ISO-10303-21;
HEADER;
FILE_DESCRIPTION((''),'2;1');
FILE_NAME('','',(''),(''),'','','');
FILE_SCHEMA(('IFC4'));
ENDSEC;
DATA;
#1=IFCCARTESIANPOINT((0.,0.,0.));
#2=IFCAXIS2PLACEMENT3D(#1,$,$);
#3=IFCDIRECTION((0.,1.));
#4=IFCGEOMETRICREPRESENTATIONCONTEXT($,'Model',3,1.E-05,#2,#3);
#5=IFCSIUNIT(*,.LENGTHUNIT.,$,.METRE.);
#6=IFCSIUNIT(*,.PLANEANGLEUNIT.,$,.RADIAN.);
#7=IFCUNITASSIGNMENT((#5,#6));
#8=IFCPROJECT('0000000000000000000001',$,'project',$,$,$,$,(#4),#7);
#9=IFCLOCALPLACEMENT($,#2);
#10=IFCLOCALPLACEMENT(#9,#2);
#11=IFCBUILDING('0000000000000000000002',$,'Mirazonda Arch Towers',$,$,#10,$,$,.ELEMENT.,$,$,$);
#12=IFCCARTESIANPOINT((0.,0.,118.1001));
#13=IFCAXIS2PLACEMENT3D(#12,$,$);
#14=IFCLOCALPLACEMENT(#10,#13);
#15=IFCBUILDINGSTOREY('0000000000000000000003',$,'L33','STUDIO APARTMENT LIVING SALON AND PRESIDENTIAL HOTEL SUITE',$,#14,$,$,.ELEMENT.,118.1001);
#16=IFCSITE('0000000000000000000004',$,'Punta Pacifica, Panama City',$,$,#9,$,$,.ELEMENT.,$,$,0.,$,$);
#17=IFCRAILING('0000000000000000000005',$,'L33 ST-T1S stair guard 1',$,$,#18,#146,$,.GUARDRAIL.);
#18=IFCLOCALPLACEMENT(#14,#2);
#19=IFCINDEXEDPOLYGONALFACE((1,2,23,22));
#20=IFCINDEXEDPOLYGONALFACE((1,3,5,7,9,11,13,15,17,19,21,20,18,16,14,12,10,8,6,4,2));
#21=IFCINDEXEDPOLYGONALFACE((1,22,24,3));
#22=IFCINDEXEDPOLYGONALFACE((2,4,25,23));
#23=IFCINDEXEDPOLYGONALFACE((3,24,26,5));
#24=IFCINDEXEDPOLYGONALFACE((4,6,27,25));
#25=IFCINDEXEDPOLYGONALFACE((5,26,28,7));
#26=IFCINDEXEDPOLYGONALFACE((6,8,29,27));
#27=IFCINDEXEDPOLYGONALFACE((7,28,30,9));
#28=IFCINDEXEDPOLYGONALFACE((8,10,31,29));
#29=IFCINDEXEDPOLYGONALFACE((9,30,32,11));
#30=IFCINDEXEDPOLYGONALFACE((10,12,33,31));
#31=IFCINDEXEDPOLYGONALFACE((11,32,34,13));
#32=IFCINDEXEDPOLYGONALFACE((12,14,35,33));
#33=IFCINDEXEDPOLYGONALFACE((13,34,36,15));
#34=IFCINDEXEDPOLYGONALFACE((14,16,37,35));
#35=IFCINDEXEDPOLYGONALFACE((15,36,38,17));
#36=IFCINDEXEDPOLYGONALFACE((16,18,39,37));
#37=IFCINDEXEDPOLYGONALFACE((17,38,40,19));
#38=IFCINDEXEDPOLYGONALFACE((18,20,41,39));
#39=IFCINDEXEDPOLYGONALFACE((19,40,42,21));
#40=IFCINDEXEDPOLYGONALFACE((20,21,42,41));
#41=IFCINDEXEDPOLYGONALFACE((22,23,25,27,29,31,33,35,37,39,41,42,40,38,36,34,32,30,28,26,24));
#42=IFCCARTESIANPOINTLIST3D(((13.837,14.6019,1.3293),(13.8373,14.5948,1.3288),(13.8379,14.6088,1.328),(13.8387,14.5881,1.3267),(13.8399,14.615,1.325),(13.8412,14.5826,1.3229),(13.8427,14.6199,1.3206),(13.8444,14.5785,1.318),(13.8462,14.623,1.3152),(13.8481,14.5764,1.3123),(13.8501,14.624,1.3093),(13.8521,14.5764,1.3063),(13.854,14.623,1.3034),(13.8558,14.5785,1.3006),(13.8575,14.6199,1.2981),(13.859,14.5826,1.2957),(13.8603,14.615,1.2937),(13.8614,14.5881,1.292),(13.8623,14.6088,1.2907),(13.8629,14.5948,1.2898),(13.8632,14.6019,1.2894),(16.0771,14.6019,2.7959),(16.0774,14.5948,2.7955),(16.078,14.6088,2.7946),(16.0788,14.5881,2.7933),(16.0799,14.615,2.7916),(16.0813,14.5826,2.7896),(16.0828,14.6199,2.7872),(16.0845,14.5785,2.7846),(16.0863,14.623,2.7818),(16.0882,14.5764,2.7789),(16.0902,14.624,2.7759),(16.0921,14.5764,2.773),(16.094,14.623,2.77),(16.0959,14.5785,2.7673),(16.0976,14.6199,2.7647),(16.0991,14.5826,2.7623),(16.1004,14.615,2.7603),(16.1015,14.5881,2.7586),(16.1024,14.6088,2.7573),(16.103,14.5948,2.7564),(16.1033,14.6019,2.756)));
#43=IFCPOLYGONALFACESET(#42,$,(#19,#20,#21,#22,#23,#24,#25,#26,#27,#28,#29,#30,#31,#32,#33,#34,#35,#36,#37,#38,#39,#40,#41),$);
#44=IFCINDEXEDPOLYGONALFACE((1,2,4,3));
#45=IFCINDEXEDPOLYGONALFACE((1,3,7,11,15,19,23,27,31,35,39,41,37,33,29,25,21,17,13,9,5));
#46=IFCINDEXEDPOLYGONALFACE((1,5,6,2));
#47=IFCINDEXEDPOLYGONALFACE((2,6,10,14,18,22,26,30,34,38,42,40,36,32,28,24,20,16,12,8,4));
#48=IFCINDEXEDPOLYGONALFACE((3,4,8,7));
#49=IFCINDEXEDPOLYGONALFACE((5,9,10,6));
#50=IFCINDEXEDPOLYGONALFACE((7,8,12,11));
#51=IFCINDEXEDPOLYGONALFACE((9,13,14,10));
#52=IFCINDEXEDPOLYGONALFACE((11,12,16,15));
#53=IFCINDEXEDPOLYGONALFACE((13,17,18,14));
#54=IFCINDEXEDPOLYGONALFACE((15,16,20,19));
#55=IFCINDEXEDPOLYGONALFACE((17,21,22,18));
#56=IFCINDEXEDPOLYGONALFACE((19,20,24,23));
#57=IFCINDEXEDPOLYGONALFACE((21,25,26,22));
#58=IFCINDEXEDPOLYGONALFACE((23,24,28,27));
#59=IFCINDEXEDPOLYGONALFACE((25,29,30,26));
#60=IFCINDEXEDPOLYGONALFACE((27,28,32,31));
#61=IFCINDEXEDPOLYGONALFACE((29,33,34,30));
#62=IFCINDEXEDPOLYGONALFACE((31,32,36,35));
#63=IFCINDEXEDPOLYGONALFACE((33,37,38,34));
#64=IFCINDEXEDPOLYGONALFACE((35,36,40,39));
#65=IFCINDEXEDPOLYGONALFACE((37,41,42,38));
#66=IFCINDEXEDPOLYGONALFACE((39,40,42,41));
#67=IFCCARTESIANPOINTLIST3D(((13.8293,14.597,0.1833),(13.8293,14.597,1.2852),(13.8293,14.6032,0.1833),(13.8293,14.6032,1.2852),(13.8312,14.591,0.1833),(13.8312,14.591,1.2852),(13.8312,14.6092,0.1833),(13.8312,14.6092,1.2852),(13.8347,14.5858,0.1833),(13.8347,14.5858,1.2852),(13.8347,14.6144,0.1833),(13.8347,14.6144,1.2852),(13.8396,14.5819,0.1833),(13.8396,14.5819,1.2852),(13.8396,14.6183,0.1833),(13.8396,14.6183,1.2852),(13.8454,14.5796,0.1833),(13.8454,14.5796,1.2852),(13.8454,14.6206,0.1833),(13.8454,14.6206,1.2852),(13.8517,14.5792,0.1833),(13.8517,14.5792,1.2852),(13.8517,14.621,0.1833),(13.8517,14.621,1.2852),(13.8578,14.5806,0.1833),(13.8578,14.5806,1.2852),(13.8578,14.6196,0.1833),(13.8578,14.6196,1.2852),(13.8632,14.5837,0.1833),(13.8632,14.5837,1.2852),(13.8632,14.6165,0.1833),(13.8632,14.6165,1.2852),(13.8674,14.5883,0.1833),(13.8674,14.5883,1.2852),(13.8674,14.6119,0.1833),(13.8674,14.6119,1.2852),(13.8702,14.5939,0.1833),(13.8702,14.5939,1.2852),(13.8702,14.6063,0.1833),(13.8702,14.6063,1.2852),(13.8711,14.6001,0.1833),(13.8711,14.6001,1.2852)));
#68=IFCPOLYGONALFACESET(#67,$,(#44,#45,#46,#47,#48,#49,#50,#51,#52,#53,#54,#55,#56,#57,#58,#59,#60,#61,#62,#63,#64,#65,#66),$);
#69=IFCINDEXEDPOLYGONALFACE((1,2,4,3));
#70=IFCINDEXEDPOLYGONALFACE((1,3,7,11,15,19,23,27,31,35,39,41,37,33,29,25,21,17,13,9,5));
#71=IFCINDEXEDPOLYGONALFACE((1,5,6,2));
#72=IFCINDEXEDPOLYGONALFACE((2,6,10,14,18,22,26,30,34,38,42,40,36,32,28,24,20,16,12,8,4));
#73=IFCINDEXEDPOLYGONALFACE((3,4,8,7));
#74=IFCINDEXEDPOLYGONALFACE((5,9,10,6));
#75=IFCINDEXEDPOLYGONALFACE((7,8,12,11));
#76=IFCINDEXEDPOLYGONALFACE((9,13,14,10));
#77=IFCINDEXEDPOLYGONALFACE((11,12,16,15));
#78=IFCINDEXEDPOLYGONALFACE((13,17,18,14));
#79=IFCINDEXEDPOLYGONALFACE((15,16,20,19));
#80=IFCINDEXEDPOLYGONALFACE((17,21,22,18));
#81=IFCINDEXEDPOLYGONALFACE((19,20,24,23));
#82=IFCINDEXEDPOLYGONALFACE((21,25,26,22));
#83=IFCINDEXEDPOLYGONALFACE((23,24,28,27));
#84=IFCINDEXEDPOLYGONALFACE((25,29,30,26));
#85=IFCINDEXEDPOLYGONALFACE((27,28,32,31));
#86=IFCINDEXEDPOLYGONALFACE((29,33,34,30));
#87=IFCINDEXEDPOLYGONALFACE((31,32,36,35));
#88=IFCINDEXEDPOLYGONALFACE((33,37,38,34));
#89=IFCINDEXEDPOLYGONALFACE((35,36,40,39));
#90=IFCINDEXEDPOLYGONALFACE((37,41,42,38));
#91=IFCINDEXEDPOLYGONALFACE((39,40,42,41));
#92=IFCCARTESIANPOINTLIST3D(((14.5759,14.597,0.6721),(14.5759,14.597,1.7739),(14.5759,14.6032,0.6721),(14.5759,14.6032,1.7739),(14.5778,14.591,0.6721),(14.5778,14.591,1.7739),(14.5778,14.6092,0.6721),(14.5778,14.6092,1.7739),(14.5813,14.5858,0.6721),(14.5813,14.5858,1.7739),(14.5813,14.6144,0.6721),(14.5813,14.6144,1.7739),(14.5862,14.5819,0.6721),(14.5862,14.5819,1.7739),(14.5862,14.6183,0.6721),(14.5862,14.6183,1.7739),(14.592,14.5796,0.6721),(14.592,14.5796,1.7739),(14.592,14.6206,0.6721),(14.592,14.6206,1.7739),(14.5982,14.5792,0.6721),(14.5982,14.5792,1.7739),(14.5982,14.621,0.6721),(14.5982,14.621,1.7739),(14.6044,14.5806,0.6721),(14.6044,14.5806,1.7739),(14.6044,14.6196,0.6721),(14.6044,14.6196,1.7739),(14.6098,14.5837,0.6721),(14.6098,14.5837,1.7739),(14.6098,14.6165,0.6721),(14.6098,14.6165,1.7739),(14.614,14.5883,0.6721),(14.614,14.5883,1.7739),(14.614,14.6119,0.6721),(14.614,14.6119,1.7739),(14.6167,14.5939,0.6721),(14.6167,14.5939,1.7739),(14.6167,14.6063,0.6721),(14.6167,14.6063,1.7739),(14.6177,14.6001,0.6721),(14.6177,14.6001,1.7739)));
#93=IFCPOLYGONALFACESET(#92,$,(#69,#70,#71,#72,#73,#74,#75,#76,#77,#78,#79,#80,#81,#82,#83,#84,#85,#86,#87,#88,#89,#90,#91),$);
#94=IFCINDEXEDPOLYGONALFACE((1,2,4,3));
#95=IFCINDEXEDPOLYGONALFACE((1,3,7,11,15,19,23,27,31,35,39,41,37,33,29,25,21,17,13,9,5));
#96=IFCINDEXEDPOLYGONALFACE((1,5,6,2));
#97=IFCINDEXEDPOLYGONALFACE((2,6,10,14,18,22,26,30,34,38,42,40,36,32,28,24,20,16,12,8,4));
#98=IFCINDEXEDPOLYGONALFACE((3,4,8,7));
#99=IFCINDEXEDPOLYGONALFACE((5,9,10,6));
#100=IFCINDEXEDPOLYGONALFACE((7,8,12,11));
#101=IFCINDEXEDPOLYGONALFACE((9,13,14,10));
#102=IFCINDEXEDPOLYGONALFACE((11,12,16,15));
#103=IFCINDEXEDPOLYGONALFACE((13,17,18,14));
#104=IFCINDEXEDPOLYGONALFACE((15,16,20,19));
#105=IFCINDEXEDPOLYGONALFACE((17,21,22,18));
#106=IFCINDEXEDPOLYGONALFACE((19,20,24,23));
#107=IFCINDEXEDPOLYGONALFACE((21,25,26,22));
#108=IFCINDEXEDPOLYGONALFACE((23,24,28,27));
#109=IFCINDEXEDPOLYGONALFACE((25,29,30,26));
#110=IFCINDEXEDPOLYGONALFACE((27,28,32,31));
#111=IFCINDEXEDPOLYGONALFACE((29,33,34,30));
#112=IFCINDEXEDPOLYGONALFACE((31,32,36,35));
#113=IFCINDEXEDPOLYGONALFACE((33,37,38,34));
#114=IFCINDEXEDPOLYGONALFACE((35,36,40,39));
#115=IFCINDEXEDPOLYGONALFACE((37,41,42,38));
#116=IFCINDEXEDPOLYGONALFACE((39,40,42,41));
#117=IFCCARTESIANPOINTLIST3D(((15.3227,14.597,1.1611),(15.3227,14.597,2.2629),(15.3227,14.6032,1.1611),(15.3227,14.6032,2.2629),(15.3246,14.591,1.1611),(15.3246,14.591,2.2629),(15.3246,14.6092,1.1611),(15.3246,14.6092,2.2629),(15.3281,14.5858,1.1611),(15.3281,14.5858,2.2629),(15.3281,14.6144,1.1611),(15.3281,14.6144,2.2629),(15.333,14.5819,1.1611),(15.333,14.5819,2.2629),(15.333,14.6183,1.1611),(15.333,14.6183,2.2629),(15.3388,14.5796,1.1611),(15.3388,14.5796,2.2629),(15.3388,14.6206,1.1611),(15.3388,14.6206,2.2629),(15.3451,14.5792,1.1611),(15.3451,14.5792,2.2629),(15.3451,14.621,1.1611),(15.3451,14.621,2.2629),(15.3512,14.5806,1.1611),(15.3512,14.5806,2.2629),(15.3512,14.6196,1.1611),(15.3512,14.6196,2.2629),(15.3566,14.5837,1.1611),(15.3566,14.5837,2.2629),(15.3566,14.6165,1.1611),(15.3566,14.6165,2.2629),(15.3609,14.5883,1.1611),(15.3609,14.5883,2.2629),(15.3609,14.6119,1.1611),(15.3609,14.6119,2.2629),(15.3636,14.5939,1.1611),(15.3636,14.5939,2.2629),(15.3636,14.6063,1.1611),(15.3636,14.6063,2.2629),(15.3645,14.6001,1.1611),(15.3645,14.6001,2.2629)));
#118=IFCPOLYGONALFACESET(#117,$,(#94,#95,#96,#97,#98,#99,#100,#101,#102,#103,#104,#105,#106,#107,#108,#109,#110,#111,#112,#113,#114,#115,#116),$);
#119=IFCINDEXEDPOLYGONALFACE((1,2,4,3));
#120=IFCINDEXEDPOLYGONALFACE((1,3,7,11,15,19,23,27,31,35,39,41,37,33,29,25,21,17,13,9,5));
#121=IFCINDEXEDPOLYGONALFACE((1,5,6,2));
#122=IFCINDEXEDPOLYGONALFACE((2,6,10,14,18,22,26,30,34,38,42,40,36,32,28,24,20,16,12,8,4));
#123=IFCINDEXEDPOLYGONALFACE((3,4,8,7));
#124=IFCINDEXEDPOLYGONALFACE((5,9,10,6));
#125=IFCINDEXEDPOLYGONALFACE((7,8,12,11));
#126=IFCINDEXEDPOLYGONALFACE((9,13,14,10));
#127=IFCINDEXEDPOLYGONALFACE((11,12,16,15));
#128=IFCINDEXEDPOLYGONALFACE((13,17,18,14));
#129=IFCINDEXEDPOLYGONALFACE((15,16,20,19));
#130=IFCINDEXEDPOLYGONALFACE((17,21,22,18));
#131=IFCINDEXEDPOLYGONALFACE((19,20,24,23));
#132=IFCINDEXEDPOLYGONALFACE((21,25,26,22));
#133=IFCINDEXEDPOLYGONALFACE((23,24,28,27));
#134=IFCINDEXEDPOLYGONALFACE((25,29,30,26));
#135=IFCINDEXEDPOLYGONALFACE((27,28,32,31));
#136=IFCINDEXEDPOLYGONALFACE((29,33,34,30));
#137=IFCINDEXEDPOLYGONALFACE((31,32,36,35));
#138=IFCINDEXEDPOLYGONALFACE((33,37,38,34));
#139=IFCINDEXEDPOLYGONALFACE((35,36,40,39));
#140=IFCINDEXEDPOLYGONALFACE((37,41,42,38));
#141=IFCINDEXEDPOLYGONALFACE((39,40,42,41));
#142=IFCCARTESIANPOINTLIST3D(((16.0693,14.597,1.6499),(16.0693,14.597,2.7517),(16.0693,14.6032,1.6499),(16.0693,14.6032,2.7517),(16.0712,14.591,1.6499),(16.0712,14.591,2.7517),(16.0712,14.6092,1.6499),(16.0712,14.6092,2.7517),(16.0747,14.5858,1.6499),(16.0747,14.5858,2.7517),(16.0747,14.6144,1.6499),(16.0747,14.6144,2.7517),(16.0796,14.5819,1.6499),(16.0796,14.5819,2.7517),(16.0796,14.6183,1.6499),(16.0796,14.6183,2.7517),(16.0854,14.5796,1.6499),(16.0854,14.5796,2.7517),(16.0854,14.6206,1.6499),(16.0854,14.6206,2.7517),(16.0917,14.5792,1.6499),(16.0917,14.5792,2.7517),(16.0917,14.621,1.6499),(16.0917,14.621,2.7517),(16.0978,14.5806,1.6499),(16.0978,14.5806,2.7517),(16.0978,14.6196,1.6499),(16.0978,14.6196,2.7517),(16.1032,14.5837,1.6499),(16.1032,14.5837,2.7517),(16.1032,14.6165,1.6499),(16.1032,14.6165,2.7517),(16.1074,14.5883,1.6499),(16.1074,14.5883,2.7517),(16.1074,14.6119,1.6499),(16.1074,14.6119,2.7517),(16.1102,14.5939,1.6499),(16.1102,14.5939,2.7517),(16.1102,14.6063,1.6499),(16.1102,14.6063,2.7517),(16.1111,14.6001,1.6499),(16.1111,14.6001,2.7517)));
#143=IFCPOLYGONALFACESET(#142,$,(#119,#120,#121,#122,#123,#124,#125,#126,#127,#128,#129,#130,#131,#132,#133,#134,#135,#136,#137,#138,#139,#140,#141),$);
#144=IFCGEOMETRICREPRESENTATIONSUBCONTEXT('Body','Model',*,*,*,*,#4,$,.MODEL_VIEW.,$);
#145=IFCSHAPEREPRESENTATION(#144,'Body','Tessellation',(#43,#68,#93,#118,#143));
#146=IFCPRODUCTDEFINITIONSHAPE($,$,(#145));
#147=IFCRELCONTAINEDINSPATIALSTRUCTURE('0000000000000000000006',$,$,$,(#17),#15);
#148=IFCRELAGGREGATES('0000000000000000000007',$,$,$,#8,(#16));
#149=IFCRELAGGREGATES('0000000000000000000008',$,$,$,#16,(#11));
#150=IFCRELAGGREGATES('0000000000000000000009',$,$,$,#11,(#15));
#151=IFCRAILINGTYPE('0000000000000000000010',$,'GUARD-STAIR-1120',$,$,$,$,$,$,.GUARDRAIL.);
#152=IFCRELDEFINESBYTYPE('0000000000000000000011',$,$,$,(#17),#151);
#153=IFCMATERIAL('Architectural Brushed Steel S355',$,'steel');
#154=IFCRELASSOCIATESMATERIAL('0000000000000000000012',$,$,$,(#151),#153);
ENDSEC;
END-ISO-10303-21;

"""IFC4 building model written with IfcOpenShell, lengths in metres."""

from ifc_helpers import new_model, si_unit, direction, frame, origin, origin_2d, place, context, subcontext, project, spatial, circle, extrude, material, type_object, element, save


model = new_model("IFC4")

# Units and contexts
model_context = context("Model", 3, precision=1e-05, world=origin(), true_north=direction((0.0, 1.0)))
body_context = subcontext(model_context, "Body", "Model", "MODEL_VIEW")
ifc_project = project(units=[si_unit("LENGTHUNIT", "METRE"), si_unit("PLANEANGLEUNIT", "RADIAN")], contexts=[model_context])

# Site, building, storey
site_placement = place(None, origin())
site = spatial("IfcSite", under=ifc_project, at=site_placement, Name="Punta Pacifica, Panama City", CompositionType="ELEMENT", RefElevation=0.0)
building_placement = place(site_placement, origin())
building = spatial("IfcBuilding", under=site, at=building_placement, Name="Mirazonda Arch Towers", CompositionType="ELEMENT")
storey_placement = place(building_placement, frame((0.0, 0.0, 118.1001)))
storey = spatial("IfcBuildingStorey", under=building, at=storey_placement, Name="L33", Description="STUDIO APARTMENT LIVING SALON AND PRESIDENTIAL HOTEL SUITE", CompositionType="ELEMENT", Elevation=118.1001)

# Shared definitions
ifc_material_1 = material(Name="Architectural Brushed Steel S355", Category="steel")

# Railing
railing_type_1 = type_object("IfcRailingType", Name="GUARD-STAIR-1120", PredefinedType="GUARDRAIL", material=ifc_material_1)
railing_1_placement = place(storey_placement, frame((13.8501, 14.6001, 0.1833)))
element("IfcRailing", 1, at=railing_1_placement, inside=storey, type_object=railing_type_1, Name="L33 ST-T1S stair guard 1", PredefinedType="GUARDRAIL", context=body_context, shape_type="SweptSolid", body=[
    extrude(circle(Radius=0.0239, at=origin_2d()), frame((0.0, 0.0, 1.126), z_axis=(0.836637, 0.0, 0.547758), x_axis=(0.0, 1.0, 0.0)), (0.0, 0.0, 1.0), 2.6775),
    extrude(circle(Radius=0.021, at=origin_2d()), origin(), (0.0, 0.0, 1.0), 1.1018),
    extrude(circle(Radius=0.021, at=origin_2d()), frame((0.7466, 0.0, 0.4888)), (0.0, 0.0, 1.0), 1.1018),
    extrude(circle(Radius=0.021, at=origin_2d()), frame((1.4934, 0.0, 0.9778)), (0.0, 0.0, 1.0), 1.1018),
    extrude(circle(Radius=0.021, at=origin_2d()), frame((2.24, 0.0, 1.4666)), (0.0, 0.0, 1.0), 1.1018),
])

save(model, "model.ifc")
